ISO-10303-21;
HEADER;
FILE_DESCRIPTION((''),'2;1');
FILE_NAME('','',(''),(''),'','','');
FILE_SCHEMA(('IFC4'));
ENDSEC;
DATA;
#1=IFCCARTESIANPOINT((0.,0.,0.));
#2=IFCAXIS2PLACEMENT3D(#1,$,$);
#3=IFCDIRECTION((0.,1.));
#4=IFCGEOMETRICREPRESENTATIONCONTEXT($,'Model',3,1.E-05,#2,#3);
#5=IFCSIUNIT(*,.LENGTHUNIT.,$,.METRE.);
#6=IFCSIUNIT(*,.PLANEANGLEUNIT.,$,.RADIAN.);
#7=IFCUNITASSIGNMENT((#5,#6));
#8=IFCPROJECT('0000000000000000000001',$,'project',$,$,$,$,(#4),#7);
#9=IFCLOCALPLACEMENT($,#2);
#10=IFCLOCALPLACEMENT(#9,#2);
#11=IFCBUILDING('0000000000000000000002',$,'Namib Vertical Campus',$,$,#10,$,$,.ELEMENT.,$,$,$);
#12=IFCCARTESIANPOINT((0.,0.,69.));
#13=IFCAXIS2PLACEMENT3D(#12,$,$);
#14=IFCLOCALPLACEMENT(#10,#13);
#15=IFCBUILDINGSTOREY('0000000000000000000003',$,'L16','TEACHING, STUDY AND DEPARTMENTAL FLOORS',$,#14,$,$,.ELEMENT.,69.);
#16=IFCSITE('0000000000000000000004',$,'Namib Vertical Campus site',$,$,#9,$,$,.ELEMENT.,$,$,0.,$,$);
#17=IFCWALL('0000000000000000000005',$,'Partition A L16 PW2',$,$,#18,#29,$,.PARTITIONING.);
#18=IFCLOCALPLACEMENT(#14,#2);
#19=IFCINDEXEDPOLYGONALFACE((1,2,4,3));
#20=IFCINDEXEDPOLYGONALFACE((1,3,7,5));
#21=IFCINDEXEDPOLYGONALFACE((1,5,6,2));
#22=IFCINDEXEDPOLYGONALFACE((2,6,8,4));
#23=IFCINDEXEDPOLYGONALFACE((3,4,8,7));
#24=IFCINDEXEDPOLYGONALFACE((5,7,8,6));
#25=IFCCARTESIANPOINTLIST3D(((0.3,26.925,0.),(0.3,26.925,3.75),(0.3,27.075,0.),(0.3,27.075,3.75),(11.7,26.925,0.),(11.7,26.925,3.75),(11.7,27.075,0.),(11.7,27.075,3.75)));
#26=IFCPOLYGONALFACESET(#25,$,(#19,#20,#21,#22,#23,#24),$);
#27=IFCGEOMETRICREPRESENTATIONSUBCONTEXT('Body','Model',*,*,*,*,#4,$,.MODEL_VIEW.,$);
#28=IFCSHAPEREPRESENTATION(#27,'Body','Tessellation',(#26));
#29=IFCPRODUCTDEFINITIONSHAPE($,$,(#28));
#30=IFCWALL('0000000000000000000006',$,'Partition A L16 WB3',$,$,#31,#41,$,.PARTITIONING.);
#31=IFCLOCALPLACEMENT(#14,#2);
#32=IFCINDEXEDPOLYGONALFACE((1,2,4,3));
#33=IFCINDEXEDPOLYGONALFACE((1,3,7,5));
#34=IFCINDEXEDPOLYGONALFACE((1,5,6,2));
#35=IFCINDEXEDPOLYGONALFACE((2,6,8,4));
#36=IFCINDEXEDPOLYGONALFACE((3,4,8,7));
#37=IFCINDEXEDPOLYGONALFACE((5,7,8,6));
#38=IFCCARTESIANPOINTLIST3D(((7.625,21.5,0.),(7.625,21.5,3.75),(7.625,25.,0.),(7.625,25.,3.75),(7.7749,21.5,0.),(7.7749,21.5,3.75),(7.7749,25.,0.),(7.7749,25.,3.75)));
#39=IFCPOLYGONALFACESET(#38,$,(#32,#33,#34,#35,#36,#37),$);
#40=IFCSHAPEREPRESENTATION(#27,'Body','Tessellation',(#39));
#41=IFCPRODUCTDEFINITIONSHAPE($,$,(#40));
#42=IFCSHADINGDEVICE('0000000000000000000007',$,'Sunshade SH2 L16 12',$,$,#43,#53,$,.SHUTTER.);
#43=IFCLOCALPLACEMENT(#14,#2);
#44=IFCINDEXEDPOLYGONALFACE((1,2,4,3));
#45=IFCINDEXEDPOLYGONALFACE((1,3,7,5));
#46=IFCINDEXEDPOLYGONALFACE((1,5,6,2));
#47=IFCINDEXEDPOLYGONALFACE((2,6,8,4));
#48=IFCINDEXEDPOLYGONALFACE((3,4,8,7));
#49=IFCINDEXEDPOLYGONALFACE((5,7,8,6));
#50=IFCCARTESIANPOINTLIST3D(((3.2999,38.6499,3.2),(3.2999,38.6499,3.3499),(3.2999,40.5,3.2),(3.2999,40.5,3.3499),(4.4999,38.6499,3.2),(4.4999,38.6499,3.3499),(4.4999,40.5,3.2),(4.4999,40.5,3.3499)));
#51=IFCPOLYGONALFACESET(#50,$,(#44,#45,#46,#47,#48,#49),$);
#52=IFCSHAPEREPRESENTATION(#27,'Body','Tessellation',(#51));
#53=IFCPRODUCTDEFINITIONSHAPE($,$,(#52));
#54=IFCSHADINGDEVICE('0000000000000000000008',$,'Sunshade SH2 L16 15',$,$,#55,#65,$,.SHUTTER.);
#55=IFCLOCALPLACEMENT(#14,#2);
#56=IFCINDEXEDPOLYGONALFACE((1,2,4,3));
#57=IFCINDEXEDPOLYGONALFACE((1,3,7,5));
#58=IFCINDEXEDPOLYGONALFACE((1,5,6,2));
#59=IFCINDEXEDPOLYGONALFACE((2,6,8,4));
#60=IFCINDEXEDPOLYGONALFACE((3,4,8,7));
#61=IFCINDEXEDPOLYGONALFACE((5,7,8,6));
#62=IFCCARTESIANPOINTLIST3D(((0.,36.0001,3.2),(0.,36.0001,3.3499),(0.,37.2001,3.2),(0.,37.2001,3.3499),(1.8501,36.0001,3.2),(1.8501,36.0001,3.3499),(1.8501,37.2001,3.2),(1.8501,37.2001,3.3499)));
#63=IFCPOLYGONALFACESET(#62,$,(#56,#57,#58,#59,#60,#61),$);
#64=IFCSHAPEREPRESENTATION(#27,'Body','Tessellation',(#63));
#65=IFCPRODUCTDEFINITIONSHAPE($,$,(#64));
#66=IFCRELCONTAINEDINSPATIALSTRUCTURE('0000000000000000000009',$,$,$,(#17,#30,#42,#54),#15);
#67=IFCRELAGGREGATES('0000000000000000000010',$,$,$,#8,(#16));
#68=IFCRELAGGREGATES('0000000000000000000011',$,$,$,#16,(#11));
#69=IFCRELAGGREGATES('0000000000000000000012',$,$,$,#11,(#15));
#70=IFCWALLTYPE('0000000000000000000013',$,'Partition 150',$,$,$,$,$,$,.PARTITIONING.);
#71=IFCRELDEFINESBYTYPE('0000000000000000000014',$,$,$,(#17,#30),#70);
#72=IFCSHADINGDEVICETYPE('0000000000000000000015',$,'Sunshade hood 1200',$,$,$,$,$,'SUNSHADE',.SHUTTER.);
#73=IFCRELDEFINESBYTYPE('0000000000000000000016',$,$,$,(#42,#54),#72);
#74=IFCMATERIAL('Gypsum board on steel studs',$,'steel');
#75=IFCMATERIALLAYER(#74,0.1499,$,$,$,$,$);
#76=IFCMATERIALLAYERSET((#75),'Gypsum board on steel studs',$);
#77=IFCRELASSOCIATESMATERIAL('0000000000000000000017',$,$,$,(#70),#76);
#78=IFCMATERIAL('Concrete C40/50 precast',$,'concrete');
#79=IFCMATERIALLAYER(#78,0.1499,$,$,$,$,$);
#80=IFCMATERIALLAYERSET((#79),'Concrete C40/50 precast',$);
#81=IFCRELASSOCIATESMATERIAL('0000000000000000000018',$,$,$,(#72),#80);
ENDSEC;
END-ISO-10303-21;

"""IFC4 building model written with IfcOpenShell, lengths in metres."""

from ifc_helpers import new_model, si_unit, direction, frame, frame_2d, origin, origin_2d, place, context, subcontext, project, spatial, rectangle, extrude, material, layer, layer_set, type_object, element, save


model = new_model("IFC4")

# Units and contexts
model_context = context("Model", 3, precision=1e-05, world=origin(), true_north=direction((0.0, 1.0)))
body_context = subcontext(model_context, "Body", "Model", "MODEL_VIEW")
ifc_project = project(units=[si_unit("LENGTHUNIT", "METRE"), si_unit("PLANEANGLEUNIT", "RADIAN")], contexts=[model_context])

# Site, building, storey
site_placement = place(None, origin())
site = spatial("IfcSite", under=ifc_project, at=site_placement, Name="Namib Vertical Campus site", CompositionType="ELEMENT", RefElevation=0.0)
building_placement = place(site_placement, origin())
building = spatial("IfcBuilding", under=site, at=building_placement, Name="Namib Vertical Campus", CompositionType="ELEMENT")
storey_placement = place(building_placement, frame((0.0, 0.0, 69.0)))
storey = spatial("IfcBuildingStorey", under=building, at=storey_placement, Name="L16", Description="TEACHING, STUDY AND DEPARTMENTAL FLOORS", CompositionType="ELEMENT", Elevation=69.0)

# Walls
ifc_material_1 = material(Name="Gypsum board on steel studs", Category="steel")
ifc_layer_1 = layer(ifc_material_1, 0.1499)
ifc_layer_set_1 = layer_set([ifc_layer_1], Name="Gypsum board on steel studs")
wall_type_1 = type_object("IfcWallType", Name="Partition 150", PredefinedType="PARTITIONING", material=ifc_layer_set_1)
wall_1_placement = place(storey_placement, frame((0.3, 27.0, 0.0), z_axis=(0.0, 0.0, 1.0), x_axis=(1.0, 0.0, 0.0)))
element("IfcWall", 1, at=wall_1_placement, inside=storey, type_object=wall_type_1, Name="Partition A L16 PW2", PredefinedType="PARTITIONING", context=body_context, shape_type="SweptSolid", body=[
    extrude(rectangle(XDim=11.3999, YDim=0.1499, at=frame_2d((5.7, 0.0))), origin(), (0.0, 0.0, 1.0), 3.75),
])
wall_2_placement = place(storey_placement, frame((7.7, 21.5, 0.0), z_axis=(0.0, 0.0, 1.0), x_axis=(0.0, 1.0, 0.0)))
element("IfcWall", 2, at=wall_2_placement, inside=storey, type_object=wall_type_1, Name="Partition A L16 WB3", PredefinedType="PARTITIONING", context=body_context, shape_type="SweptSolid", body=[
    extrude(rectangle(XDim=3.5, YDim=0.1499, at=frame_2d((1.75, 0.0))), origin(), (0.0, 0.0, 1.0), 3.75),
])

# Shading devices
ifc_material_2 = material(Name="Concrete C40/50 precast", Category="concrete")
ifc_layer_2 = layer(ifc_material_2, 0.1499)
ifc_layer_set_2 = layer_set([ifc_layer_2], Name="Concrete C40/50 precast")
shading_device_type = type_object("IfcShadingDeviceType", Name="Sunshade hood 1200", ElementType="SUNSHADE", PredefinedType="SHUTTER", material=ifc_layer_set_2)
for number, where, z_axis, x_axis, name in (
    (3, (3.8999, 39.575, 3.2), (0.0, 0.0, 1.0), (0.0, -1.0, 0.0), "Sunshade SH2 L16 12"),
    (4, (0.925, 36.6001, 3.2), (0.0, 0.0, 1.0), (-1.0, 0.0, 0.0), "Sunshade SH2 L16 15"),
):
    element("IfcShadingDevice", number, at=place(storey_placement, frame(where, z_axis=z_axis, x_axis=x_axis)), inside=storey, type_object=shading_device_type, Name=name, PredefinedType="SHUTTER", context=body_context, shape_type="SweptSolid", body=[
        extrude(rectangle(XDim=1.8501, YDim=1.2, at=origin_2d()), origin(), (0.0, 0.0, 1.0), 0.1499),
    ])

save(model, "model.ifc")
